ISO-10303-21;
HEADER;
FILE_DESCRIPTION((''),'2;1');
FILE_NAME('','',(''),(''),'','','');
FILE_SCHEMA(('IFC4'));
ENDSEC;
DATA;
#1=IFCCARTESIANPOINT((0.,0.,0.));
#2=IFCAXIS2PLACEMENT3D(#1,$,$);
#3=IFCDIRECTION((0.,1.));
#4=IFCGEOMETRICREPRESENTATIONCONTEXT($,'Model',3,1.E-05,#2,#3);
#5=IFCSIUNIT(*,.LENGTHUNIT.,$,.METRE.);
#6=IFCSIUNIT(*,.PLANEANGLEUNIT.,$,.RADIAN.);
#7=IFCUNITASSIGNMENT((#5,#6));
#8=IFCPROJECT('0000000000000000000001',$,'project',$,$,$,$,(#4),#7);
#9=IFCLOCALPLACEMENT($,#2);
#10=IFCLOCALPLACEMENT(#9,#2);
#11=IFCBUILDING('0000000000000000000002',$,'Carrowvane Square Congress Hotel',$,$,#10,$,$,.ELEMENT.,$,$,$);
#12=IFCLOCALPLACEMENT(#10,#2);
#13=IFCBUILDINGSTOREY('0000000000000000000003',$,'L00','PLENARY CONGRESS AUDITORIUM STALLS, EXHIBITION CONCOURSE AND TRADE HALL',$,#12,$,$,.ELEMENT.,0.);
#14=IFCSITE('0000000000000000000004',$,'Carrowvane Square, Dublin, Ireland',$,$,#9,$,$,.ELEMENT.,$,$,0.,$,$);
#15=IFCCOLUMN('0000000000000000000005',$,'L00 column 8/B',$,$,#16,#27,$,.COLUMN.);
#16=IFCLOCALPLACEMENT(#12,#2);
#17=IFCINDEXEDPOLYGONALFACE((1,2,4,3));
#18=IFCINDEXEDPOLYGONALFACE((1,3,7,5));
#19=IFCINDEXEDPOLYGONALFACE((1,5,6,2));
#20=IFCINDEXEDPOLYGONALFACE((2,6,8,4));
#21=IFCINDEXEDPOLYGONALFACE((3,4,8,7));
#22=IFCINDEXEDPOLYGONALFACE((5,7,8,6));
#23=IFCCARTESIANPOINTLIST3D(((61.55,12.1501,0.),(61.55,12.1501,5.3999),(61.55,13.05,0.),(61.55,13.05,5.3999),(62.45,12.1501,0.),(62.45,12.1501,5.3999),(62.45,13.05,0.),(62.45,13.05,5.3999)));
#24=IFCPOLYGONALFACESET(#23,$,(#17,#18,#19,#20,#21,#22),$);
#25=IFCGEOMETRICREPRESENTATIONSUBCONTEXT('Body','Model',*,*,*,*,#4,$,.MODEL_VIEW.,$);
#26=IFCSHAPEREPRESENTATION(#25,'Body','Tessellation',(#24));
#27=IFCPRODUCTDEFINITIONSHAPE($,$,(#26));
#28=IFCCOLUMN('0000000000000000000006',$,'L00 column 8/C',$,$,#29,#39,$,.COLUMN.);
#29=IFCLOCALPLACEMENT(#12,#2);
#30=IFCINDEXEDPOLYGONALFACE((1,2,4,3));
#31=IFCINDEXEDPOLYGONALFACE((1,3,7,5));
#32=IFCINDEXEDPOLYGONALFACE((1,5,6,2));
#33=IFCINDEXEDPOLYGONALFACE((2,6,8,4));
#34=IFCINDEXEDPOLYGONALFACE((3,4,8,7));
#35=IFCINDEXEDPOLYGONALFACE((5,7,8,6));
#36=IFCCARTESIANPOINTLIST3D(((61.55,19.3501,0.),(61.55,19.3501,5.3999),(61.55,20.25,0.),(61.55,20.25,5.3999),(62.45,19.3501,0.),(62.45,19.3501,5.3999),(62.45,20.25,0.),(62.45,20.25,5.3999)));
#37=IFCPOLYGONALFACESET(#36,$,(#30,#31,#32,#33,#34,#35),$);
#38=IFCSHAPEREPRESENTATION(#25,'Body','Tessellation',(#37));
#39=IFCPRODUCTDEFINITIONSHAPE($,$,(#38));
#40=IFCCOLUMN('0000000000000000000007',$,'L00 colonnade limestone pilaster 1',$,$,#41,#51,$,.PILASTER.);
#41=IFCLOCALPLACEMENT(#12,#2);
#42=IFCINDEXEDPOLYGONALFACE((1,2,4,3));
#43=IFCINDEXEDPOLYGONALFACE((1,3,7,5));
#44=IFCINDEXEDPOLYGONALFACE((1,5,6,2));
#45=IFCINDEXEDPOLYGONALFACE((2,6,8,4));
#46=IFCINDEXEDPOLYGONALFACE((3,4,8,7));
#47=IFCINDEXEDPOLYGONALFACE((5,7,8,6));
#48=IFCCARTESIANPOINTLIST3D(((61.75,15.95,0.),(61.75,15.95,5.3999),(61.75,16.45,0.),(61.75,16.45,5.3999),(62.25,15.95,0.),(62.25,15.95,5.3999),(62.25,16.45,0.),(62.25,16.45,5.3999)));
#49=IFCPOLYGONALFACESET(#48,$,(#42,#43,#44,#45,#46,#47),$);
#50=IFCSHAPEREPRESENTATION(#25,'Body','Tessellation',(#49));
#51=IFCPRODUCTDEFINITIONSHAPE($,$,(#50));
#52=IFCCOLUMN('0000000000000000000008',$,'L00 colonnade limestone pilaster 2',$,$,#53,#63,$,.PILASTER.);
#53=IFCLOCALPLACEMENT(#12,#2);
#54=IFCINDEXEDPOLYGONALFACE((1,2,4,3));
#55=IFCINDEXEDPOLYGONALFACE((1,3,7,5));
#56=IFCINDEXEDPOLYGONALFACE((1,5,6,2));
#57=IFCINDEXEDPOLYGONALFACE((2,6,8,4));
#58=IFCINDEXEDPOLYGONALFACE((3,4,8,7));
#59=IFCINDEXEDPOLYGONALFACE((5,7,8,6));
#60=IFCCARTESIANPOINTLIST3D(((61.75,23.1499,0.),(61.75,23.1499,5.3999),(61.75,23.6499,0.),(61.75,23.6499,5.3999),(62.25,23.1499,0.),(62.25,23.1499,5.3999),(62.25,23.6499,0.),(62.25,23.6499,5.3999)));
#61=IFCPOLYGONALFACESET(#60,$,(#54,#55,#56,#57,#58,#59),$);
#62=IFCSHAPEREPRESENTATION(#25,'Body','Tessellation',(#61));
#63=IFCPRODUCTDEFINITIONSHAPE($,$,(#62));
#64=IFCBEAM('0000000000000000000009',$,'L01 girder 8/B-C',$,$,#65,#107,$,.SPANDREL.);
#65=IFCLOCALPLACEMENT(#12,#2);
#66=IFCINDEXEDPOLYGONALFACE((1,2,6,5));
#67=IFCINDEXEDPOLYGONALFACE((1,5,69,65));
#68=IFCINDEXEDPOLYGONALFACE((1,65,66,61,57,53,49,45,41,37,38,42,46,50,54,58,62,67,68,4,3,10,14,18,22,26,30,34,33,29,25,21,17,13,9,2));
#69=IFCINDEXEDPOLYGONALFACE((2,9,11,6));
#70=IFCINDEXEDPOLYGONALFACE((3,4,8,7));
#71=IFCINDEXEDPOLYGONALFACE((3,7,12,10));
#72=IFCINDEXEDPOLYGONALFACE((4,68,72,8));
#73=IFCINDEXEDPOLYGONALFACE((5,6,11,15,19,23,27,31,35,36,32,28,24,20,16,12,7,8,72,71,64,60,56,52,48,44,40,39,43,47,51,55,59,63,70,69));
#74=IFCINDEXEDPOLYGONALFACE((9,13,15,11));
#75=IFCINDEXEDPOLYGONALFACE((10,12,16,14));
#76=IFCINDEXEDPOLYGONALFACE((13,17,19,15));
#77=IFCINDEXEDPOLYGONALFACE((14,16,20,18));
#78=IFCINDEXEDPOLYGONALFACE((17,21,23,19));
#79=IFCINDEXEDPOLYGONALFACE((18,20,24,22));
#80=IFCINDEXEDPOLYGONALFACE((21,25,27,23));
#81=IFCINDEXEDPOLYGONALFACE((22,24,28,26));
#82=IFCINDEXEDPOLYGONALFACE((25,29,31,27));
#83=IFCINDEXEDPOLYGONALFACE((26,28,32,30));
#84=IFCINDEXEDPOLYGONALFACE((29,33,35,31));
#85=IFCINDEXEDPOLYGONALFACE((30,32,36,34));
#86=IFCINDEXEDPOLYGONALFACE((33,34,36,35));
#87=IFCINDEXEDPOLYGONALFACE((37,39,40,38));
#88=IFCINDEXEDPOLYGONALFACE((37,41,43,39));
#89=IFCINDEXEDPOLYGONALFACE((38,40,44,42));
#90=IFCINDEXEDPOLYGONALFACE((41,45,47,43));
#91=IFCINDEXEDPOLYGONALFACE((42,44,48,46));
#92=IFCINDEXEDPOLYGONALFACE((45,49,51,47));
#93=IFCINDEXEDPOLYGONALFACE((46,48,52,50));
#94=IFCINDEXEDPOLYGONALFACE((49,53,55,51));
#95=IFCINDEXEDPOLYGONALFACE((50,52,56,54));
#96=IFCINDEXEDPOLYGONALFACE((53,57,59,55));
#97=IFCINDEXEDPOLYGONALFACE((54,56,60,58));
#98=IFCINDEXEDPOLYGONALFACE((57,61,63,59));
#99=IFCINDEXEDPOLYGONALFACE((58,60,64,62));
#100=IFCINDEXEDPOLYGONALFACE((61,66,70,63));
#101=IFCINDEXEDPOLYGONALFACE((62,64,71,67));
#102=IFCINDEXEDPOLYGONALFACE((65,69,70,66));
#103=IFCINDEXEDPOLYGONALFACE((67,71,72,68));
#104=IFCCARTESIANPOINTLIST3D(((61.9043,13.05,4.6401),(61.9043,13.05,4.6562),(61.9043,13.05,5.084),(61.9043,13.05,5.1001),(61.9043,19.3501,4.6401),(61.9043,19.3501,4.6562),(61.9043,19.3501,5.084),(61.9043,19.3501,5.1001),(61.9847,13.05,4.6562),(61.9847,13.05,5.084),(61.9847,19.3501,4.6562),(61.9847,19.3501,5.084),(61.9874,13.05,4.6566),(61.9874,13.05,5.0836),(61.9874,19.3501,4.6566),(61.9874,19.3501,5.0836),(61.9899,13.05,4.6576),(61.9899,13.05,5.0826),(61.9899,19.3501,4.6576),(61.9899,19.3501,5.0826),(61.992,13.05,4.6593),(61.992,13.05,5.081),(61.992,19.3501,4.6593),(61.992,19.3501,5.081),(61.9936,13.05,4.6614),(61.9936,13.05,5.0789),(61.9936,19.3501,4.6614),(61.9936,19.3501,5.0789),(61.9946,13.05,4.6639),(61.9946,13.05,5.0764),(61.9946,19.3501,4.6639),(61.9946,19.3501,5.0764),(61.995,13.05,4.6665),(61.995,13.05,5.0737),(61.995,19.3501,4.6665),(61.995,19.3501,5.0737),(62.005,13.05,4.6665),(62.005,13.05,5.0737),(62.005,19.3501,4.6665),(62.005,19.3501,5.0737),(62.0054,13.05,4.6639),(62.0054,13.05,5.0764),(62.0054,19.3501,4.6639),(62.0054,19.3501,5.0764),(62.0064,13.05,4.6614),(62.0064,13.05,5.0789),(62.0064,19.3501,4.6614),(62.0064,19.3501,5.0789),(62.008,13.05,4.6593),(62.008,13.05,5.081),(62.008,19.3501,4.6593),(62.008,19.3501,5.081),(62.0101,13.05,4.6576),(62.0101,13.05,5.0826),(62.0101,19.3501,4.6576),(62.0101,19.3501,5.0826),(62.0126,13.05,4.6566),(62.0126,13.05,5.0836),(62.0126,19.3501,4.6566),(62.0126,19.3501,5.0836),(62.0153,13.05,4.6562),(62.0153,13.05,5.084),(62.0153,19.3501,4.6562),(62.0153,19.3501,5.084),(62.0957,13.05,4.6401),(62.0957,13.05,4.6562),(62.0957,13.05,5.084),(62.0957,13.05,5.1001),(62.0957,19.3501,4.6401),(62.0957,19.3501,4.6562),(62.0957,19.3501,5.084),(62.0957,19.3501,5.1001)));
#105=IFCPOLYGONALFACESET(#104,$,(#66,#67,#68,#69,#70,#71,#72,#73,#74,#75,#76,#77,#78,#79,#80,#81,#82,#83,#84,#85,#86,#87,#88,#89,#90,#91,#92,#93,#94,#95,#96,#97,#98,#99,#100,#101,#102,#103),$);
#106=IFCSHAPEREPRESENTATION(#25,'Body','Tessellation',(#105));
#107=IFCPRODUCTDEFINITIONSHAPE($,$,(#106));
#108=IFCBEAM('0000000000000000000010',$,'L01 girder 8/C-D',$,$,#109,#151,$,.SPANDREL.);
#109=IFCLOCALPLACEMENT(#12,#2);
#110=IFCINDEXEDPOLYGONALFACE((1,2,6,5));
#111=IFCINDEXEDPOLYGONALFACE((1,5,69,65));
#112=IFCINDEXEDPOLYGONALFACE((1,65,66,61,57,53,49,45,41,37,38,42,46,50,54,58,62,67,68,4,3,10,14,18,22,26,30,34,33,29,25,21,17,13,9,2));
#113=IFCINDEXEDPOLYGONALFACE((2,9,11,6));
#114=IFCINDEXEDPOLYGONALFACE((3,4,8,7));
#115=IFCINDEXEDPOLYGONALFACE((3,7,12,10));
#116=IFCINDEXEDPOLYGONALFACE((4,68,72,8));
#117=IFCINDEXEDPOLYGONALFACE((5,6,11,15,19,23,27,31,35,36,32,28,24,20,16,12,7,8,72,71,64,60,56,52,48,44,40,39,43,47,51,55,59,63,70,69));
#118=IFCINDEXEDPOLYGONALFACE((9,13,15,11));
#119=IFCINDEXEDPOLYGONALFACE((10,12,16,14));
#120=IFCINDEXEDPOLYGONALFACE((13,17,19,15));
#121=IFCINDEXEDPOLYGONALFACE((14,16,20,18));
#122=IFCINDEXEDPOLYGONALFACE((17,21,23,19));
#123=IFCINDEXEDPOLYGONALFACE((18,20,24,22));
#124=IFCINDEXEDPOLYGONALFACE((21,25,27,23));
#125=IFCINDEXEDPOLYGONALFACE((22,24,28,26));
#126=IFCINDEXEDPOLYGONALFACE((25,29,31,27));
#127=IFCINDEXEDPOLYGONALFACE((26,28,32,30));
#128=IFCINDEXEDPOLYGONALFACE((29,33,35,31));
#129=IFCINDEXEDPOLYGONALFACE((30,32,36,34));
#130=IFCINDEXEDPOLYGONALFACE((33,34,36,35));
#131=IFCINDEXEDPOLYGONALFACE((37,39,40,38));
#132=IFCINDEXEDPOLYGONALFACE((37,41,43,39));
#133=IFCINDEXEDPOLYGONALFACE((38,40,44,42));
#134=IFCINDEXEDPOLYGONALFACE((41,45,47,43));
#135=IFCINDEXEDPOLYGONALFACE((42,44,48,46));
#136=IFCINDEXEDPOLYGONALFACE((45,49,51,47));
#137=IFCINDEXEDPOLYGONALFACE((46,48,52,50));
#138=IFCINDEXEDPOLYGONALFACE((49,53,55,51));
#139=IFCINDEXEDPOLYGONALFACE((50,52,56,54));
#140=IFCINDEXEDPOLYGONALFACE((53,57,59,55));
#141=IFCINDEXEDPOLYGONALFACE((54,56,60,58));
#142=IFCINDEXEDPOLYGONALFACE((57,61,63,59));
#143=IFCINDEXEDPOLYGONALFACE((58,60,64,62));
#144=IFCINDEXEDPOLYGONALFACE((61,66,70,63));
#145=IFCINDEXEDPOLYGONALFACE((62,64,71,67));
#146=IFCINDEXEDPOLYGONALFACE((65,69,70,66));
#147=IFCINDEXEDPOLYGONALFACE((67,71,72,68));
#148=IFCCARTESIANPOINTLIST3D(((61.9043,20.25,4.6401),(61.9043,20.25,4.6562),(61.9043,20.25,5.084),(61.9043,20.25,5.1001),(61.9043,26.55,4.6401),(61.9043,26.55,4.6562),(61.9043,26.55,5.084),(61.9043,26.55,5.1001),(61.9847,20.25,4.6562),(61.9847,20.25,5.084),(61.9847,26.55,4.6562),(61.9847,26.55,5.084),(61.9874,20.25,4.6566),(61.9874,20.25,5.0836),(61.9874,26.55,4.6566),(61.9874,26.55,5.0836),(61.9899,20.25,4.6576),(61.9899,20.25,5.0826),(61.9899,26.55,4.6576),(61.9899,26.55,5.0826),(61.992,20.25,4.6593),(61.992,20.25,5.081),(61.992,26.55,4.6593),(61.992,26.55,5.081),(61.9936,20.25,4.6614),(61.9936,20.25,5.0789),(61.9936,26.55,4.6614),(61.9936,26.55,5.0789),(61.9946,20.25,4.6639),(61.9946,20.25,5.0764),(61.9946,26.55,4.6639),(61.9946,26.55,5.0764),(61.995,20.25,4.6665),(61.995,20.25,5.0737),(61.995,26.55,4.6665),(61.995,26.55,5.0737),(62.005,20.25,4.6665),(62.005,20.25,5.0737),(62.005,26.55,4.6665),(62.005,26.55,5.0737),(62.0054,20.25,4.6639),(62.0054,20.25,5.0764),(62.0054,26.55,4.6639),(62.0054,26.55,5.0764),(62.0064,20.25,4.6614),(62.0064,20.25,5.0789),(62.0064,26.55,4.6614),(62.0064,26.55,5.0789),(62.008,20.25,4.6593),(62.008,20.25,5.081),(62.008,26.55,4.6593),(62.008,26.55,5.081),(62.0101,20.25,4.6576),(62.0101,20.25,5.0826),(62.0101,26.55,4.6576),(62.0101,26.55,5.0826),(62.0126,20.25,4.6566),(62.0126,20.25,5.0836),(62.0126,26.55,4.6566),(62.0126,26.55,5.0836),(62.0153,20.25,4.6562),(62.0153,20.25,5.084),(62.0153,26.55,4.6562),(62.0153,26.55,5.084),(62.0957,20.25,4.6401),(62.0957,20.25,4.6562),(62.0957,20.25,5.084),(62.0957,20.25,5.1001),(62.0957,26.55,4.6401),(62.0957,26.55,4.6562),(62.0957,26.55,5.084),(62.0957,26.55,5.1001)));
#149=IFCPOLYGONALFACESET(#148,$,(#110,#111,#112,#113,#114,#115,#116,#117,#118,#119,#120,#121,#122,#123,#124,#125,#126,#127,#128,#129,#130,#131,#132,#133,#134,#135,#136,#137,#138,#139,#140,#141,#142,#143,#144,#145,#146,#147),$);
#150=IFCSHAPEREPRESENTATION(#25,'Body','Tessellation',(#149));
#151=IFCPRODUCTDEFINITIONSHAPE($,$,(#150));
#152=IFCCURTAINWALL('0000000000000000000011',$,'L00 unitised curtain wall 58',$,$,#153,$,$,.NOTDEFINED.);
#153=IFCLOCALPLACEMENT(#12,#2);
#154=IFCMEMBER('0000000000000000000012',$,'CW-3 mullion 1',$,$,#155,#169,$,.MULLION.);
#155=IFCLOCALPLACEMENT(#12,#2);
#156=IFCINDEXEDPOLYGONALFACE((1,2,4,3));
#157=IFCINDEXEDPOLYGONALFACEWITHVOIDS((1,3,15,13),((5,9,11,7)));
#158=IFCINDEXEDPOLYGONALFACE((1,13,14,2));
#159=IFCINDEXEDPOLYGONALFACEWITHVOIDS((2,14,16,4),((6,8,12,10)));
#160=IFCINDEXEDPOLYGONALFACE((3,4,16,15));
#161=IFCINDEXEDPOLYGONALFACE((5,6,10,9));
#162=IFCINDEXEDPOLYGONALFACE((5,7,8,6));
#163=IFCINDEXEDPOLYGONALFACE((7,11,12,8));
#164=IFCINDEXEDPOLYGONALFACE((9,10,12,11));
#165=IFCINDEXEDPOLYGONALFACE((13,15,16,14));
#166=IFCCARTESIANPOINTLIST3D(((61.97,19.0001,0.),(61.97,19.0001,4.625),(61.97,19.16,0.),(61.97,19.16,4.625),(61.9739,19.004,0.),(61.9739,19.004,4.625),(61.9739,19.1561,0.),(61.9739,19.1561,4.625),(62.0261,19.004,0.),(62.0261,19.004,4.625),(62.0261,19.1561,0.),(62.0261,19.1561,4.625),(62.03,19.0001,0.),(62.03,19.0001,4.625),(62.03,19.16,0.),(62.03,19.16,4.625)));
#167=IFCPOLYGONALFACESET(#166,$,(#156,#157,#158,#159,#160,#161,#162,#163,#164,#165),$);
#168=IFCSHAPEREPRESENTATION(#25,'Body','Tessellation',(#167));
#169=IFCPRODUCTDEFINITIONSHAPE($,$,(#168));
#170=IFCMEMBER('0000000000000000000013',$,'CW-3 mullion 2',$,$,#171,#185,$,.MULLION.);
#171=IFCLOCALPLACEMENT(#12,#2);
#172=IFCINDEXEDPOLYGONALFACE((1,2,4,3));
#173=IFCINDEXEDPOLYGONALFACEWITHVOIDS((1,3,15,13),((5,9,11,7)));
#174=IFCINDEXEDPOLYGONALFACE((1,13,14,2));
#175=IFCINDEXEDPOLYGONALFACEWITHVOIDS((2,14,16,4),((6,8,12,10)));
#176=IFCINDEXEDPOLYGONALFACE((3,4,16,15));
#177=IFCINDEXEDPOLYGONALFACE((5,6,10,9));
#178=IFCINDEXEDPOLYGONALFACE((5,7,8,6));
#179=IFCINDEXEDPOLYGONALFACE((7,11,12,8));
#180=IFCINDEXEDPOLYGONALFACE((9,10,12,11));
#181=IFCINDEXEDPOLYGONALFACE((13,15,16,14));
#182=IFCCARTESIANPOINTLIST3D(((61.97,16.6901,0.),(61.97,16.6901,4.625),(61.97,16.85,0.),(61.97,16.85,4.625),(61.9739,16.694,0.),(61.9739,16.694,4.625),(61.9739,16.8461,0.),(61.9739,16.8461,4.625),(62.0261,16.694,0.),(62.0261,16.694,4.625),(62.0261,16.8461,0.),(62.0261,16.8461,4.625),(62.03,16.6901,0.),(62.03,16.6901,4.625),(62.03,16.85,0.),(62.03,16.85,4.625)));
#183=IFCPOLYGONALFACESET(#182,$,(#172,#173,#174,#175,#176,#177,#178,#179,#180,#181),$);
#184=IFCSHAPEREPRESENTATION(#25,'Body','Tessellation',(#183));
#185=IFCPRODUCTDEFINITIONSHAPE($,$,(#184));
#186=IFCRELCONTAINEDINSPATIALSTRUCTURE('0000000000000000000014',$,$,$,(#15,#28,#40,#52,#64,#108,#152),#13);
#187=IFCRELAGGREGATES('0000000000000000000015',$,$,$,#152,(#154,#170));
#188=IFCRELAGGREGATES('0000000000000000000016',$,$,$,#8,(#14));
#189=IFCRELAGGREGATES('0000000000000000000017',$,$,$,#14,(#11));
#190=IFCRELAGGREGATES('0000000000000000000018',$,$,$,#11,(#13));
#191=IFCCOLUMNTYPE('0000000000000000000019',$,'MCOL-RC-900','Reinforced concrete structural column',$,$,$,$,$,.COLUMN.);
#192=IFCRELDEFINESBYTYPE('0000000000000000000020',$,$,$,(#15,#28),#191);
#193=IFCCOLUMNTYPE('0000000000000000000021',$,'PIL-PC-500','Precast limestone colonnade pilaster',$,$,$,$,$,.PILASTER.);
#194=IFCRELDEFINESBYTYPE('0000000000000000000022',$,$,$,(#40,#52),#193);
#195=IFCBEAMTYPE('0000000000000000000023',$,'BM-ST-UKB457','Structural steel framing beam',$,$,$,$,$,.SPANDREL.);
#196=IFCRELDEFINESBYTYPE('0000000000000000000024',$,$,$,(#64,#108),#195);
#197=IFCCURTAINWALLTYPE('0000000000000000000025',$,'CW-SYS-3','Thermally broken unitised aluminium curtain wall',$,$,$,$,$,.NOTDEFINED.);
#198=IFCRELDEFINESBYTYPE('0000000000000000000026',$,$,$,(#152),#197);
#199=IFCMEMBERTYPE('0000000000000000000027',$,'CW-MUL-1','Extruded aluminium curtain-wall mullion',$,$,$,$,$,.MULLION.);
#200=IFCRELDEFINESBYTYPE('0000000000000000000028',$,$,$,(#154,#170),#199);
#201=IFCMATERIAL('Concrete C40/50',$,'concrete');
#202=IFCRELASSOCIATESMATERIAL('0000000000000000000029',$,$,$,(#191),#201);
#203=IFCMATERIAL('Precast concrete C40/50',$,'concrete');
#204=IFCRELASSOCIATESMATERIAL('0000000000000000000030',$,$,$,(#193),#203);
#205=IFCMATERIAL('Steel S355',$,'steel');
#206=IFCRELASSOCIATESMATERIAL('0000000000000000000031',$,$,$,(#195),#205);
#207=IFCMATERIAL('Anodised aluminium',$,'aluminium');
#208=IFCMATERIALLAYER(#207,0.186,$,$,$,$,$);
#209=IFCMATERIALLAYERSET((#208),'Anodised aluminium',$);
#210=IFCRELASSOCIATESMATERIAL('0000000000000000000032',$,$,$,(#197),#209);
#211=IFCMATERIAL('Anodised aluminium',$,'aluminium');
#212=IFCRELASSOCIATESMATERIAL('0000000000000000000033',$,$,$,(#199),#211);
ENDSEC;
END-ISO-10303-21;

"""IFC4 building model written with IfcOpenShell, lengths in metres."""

from ifc_helpers import new_model, si_unit, direction, frame, origin, origin_2d, place, context, subcontext, project, spatial, rectangle, hollow_rectangle, i_section, extrude, material, layer, layer_set, material_profile, profile_set, type_object, element, aggregate, save


model = new_model("IFC4")

# Units and contexts
model_context = context("Model", 3, precision=1e-05, world=origin(), true_north=direction((0.0, 1.0)))
body_context = subcontext(model_context, "Body", "Model", "MODEL_VIEW")
ifc_project = project(units=[si_unit("LENGTHUNIT", "METRE"), si_unit("PLANEANGLEUNIT", "RADIAN")], contexts=[model_context])

# Site, building, storey
site_placement = place(None, origin())
site = spatial("IfcSite", under=ifc_project, at=site_placement, Name="Carrowvane Square, Dublin, Ireland", CompositionType="ELEMENT", RefElevation=0.0)
building_placement = place(site_placement, origin())
building = spatial("IfcBuilding", under=site, at=building_placement, Name="Carrowvane Square Congress Hotel", CompositionType="ELEMENT")
storey_placement = place(building_placement, origin())
storey = spatial("IfcBuildingStorey", under=building, at=storey_placement, Name="L00", Description="PLENARY CONGRESS AUDITORIUM STALLS, EXHIBITION CONCOURSE AND TRADE HALL", CompositionType="ELEMENT", Elevation=0.0)

# Columns
ifc_material_1 = material(Name="Concrete C40/50", Category="concrete")
ifc_material_profile_1 = material_profile(ifc_material_1, rectangle(XDim=0.8999, YDim=0.8999, at=origin_2d()), Name="RC 900x900")
ifc_profile_set_1 = profile_set([ifc_material_profile_1], Name="Concrete C40/50")
column_type_1 = type_object("IfcColumnType", Name="MCOL-RC-900", Description="Reinforced concrete structural column", PredefinedType="COLUMN", material=ifc_profile_set_1)
for number, where, z_axis, x_axis, name in (
    (1, (62.0, 12.6001, 0.0), (0.0, 0.0, 1.0), (1.0, 0.0, 0.0), "L00 column 8/B"),
    (2, (62.0, 19.8, 0.0), (0.0, 0.0, 1.0), (1.0, 0.0, 0.0), "L00 column 8/C"),
):
    element("IfcColumn", number, at=place(storey_placement, frame(where, z_axis=z_axis, x_axis=x_axis)), inside=storey, type_object=column_type_1, Name=name, PredefinedType="COLUMN", context=body_context, shape_type="SweptSolid", body=[
        extrude(rectangle(XDim=0.8999, YDim=0.8999, at=origin_2d()), origin(), (0.0, 0.0, 1.0), 5.3999),
    ])
ifc_material_2 = material(Name="Precast concrete C40/50", Category="concrete")
ifc_material_profile_2 = material_profile(ifc_material_2, rectangle(XDim=0.5, YDim=0.5, at=origin_2d()), Name="RC 500x500")
ifc_profile_set_2 = profile_set([ifc_material_profile_2], Name="Precast concrete C40/50")
column_type_2 = type_object("IfcColumnType", Name="PIL-PC-500", Description="Precast limestone colonnade pilaster", PredefinedType="PILASTER", material=ifc_profile_set_2)
for number, where, z_axis, x_axis, name in (
    (3, (62.0, 16.2, 0.0), (0.0, 0.0, 1.0), (1.0, 0.0, 0.0), "L00 colonnade limestone pilaster 1"),
    (4, (62.0, 23.3999, 0.0), (0.0, 0.0, 1.0), (1.0, 0.0, 0.0), "L00 colonnade limestone pilaster 2"),
):
    element("IfcColumn", number, at=place(storey_placement, frame(where, z_axis=z_axis, x_axis=x_axis)), inside=storey, type_object=column_type_2, Name=name, PredefinedType="PILASTER", context=body_context, shape_type="SweptSolid", body=[
        extrude(rectangle(XDim=0.5, YDim=0.5, at=origin_2d()), origin(), (0.0, 0.0, 1.0), 5.3999),
    ])

# Beams
ifc_material_3 = material(Name="Steel S355", Category="steel")
ifc_material_profile_3 = material_profile(ifc_material_3, i_section(OverallWidth=0.1914, OverallDepth=0.46, WebThickness=0.01, FlangeThickness=0.0161, FilletRadius=0.0103, at=origin_2d()), Name="UKB 457x191x82")
ifc_profile_set_3 = profile_set([ifc_material_profile_3], Name="Steel S355")
beam_type = type_object("IfcBeamType", Name="BM-ST-UKB457", Description="Structural steel framing beam", PredefinedType="SPANDREL", material=ifc_profile_set_3)
for number, where, z_axis, x_axis, name in (
    (5, (62.0, 13.05, 4.8701), (0.0, 1.0, 0.0), (-1.0, 0.0, 0.0), "L01 girder 8/B-C"),
    (6, (62.0, 20.25, 4.8701), (0.0, 1.0, 0.0), (-1.0, 0.0, 0.0), "L01 girder 8/C-D"),
):
    element("IfcBeam", number, at=place(storey_placement, frame(where, z_axis=z_axis, x_axis=x_axis)), inside=storey, type_object=beam_type, Name=name, PredefinedType="SPANDREL", context=body_context, shape_type="SweptSolid", body=[
        extrude(i_section(OverallWidth=0.1914, OverallDepth=0.46, WebThickness=0.01, FlangeThickness=0.0161, FilletRadius=0.0103, at=origin_2d()), origin(), (0.0, 0.0, 1.0), 6.3),
    ])

# Curtain wall, members
ifc_material_4 = material(Name="Anodised aluminium", Category="aluminium")
ifc_layer_1 = layer(ifc_material_4, 0.186)
ifc_layer_set_1 = layer_set([ifc_layer_1], Name="Anodised aluminium")
curtain_wall_type_1 = type_object("IfcCurtainWallType", Name="CW-SYS-3", Description="Thermally broken unitised aluminium curtain wall", PredefinedType="NOTDEFINED", material=ifc_layer_set_1)
curtain_wall_1_placement = place(storey_placement, origin())
curtain_wall_1 = element("IfcCurtainWall", 7, at=curtain_wall_1_placement, inside=storey, type_object=curtain_wall_type_1, Name="L00 unitised curtain wall 58", PredefinedType="NOTDEFINED")
ifc_material_5 = material(Name="Anodised aluminium", Category="aluminium")
ifc_material_profile_4 = material_profile(ifc_material_5, hollow_rectangle(XDim=0.0601, YDim=0.1599, WallThickness=0.0039, at=origin_2d()), Name="CW-ML 60x160x4")
ifc_profile_set_4 = profile_set([ifc_material_profile_4], Name="Anodised aluminium")
member_type_1 = type_object("IfcMemberType", Name="CW-MUL-1", Description="Extruded aluminium curtain-wall mullion", PredefinedType="MULLION", material=ifc_profile_set_4)
member_1_placement = place(storey_placement, frame((62.0, 19.0801, 0.0), z_axis=(0.0, 0.0, 1.0), x_axis=(1.0, 0.0, 0.0)))
member_1 = element("IfcMember", 8, at=member_1_placement, type_object=member_type_1, Name="CW-3 mullion 1", PredefinedType="MULLION", context=body_context, shape_type="SweptSolid", body=[
    extrude(hollow_rectangle(XDim=0.0601, YDim=0.1599, WallThickness=0.0039, at=origin_2d()), origin(), (0.0, 0.0, 1.0), 4.625),
])
member_2_placement = place(storey_placement, frame((62.0, 16.77, 0.0), z_axis=(0.0, 0.0, 1.0), x_axis=(1.0, 0.0, 0.0)))
member_2 = element("IfcMember", 9, at=member_2_placement, type_object=member_type_1, Name="CW-3 mullion 2", PredefinedType="MULLION", context=body_context, shape_type="SweptSolid", body=[
    extrude(hollow_rectangle(XDim=0.0601, YDim=0.1599, WallThickness=0.0039, at=origin_2d()), origin(), (0.0, 0.0, 1.0), 4.625),
])

aggregate(curtain_wall_1, [member_1, member_2])

save(model, "model.ifc")
